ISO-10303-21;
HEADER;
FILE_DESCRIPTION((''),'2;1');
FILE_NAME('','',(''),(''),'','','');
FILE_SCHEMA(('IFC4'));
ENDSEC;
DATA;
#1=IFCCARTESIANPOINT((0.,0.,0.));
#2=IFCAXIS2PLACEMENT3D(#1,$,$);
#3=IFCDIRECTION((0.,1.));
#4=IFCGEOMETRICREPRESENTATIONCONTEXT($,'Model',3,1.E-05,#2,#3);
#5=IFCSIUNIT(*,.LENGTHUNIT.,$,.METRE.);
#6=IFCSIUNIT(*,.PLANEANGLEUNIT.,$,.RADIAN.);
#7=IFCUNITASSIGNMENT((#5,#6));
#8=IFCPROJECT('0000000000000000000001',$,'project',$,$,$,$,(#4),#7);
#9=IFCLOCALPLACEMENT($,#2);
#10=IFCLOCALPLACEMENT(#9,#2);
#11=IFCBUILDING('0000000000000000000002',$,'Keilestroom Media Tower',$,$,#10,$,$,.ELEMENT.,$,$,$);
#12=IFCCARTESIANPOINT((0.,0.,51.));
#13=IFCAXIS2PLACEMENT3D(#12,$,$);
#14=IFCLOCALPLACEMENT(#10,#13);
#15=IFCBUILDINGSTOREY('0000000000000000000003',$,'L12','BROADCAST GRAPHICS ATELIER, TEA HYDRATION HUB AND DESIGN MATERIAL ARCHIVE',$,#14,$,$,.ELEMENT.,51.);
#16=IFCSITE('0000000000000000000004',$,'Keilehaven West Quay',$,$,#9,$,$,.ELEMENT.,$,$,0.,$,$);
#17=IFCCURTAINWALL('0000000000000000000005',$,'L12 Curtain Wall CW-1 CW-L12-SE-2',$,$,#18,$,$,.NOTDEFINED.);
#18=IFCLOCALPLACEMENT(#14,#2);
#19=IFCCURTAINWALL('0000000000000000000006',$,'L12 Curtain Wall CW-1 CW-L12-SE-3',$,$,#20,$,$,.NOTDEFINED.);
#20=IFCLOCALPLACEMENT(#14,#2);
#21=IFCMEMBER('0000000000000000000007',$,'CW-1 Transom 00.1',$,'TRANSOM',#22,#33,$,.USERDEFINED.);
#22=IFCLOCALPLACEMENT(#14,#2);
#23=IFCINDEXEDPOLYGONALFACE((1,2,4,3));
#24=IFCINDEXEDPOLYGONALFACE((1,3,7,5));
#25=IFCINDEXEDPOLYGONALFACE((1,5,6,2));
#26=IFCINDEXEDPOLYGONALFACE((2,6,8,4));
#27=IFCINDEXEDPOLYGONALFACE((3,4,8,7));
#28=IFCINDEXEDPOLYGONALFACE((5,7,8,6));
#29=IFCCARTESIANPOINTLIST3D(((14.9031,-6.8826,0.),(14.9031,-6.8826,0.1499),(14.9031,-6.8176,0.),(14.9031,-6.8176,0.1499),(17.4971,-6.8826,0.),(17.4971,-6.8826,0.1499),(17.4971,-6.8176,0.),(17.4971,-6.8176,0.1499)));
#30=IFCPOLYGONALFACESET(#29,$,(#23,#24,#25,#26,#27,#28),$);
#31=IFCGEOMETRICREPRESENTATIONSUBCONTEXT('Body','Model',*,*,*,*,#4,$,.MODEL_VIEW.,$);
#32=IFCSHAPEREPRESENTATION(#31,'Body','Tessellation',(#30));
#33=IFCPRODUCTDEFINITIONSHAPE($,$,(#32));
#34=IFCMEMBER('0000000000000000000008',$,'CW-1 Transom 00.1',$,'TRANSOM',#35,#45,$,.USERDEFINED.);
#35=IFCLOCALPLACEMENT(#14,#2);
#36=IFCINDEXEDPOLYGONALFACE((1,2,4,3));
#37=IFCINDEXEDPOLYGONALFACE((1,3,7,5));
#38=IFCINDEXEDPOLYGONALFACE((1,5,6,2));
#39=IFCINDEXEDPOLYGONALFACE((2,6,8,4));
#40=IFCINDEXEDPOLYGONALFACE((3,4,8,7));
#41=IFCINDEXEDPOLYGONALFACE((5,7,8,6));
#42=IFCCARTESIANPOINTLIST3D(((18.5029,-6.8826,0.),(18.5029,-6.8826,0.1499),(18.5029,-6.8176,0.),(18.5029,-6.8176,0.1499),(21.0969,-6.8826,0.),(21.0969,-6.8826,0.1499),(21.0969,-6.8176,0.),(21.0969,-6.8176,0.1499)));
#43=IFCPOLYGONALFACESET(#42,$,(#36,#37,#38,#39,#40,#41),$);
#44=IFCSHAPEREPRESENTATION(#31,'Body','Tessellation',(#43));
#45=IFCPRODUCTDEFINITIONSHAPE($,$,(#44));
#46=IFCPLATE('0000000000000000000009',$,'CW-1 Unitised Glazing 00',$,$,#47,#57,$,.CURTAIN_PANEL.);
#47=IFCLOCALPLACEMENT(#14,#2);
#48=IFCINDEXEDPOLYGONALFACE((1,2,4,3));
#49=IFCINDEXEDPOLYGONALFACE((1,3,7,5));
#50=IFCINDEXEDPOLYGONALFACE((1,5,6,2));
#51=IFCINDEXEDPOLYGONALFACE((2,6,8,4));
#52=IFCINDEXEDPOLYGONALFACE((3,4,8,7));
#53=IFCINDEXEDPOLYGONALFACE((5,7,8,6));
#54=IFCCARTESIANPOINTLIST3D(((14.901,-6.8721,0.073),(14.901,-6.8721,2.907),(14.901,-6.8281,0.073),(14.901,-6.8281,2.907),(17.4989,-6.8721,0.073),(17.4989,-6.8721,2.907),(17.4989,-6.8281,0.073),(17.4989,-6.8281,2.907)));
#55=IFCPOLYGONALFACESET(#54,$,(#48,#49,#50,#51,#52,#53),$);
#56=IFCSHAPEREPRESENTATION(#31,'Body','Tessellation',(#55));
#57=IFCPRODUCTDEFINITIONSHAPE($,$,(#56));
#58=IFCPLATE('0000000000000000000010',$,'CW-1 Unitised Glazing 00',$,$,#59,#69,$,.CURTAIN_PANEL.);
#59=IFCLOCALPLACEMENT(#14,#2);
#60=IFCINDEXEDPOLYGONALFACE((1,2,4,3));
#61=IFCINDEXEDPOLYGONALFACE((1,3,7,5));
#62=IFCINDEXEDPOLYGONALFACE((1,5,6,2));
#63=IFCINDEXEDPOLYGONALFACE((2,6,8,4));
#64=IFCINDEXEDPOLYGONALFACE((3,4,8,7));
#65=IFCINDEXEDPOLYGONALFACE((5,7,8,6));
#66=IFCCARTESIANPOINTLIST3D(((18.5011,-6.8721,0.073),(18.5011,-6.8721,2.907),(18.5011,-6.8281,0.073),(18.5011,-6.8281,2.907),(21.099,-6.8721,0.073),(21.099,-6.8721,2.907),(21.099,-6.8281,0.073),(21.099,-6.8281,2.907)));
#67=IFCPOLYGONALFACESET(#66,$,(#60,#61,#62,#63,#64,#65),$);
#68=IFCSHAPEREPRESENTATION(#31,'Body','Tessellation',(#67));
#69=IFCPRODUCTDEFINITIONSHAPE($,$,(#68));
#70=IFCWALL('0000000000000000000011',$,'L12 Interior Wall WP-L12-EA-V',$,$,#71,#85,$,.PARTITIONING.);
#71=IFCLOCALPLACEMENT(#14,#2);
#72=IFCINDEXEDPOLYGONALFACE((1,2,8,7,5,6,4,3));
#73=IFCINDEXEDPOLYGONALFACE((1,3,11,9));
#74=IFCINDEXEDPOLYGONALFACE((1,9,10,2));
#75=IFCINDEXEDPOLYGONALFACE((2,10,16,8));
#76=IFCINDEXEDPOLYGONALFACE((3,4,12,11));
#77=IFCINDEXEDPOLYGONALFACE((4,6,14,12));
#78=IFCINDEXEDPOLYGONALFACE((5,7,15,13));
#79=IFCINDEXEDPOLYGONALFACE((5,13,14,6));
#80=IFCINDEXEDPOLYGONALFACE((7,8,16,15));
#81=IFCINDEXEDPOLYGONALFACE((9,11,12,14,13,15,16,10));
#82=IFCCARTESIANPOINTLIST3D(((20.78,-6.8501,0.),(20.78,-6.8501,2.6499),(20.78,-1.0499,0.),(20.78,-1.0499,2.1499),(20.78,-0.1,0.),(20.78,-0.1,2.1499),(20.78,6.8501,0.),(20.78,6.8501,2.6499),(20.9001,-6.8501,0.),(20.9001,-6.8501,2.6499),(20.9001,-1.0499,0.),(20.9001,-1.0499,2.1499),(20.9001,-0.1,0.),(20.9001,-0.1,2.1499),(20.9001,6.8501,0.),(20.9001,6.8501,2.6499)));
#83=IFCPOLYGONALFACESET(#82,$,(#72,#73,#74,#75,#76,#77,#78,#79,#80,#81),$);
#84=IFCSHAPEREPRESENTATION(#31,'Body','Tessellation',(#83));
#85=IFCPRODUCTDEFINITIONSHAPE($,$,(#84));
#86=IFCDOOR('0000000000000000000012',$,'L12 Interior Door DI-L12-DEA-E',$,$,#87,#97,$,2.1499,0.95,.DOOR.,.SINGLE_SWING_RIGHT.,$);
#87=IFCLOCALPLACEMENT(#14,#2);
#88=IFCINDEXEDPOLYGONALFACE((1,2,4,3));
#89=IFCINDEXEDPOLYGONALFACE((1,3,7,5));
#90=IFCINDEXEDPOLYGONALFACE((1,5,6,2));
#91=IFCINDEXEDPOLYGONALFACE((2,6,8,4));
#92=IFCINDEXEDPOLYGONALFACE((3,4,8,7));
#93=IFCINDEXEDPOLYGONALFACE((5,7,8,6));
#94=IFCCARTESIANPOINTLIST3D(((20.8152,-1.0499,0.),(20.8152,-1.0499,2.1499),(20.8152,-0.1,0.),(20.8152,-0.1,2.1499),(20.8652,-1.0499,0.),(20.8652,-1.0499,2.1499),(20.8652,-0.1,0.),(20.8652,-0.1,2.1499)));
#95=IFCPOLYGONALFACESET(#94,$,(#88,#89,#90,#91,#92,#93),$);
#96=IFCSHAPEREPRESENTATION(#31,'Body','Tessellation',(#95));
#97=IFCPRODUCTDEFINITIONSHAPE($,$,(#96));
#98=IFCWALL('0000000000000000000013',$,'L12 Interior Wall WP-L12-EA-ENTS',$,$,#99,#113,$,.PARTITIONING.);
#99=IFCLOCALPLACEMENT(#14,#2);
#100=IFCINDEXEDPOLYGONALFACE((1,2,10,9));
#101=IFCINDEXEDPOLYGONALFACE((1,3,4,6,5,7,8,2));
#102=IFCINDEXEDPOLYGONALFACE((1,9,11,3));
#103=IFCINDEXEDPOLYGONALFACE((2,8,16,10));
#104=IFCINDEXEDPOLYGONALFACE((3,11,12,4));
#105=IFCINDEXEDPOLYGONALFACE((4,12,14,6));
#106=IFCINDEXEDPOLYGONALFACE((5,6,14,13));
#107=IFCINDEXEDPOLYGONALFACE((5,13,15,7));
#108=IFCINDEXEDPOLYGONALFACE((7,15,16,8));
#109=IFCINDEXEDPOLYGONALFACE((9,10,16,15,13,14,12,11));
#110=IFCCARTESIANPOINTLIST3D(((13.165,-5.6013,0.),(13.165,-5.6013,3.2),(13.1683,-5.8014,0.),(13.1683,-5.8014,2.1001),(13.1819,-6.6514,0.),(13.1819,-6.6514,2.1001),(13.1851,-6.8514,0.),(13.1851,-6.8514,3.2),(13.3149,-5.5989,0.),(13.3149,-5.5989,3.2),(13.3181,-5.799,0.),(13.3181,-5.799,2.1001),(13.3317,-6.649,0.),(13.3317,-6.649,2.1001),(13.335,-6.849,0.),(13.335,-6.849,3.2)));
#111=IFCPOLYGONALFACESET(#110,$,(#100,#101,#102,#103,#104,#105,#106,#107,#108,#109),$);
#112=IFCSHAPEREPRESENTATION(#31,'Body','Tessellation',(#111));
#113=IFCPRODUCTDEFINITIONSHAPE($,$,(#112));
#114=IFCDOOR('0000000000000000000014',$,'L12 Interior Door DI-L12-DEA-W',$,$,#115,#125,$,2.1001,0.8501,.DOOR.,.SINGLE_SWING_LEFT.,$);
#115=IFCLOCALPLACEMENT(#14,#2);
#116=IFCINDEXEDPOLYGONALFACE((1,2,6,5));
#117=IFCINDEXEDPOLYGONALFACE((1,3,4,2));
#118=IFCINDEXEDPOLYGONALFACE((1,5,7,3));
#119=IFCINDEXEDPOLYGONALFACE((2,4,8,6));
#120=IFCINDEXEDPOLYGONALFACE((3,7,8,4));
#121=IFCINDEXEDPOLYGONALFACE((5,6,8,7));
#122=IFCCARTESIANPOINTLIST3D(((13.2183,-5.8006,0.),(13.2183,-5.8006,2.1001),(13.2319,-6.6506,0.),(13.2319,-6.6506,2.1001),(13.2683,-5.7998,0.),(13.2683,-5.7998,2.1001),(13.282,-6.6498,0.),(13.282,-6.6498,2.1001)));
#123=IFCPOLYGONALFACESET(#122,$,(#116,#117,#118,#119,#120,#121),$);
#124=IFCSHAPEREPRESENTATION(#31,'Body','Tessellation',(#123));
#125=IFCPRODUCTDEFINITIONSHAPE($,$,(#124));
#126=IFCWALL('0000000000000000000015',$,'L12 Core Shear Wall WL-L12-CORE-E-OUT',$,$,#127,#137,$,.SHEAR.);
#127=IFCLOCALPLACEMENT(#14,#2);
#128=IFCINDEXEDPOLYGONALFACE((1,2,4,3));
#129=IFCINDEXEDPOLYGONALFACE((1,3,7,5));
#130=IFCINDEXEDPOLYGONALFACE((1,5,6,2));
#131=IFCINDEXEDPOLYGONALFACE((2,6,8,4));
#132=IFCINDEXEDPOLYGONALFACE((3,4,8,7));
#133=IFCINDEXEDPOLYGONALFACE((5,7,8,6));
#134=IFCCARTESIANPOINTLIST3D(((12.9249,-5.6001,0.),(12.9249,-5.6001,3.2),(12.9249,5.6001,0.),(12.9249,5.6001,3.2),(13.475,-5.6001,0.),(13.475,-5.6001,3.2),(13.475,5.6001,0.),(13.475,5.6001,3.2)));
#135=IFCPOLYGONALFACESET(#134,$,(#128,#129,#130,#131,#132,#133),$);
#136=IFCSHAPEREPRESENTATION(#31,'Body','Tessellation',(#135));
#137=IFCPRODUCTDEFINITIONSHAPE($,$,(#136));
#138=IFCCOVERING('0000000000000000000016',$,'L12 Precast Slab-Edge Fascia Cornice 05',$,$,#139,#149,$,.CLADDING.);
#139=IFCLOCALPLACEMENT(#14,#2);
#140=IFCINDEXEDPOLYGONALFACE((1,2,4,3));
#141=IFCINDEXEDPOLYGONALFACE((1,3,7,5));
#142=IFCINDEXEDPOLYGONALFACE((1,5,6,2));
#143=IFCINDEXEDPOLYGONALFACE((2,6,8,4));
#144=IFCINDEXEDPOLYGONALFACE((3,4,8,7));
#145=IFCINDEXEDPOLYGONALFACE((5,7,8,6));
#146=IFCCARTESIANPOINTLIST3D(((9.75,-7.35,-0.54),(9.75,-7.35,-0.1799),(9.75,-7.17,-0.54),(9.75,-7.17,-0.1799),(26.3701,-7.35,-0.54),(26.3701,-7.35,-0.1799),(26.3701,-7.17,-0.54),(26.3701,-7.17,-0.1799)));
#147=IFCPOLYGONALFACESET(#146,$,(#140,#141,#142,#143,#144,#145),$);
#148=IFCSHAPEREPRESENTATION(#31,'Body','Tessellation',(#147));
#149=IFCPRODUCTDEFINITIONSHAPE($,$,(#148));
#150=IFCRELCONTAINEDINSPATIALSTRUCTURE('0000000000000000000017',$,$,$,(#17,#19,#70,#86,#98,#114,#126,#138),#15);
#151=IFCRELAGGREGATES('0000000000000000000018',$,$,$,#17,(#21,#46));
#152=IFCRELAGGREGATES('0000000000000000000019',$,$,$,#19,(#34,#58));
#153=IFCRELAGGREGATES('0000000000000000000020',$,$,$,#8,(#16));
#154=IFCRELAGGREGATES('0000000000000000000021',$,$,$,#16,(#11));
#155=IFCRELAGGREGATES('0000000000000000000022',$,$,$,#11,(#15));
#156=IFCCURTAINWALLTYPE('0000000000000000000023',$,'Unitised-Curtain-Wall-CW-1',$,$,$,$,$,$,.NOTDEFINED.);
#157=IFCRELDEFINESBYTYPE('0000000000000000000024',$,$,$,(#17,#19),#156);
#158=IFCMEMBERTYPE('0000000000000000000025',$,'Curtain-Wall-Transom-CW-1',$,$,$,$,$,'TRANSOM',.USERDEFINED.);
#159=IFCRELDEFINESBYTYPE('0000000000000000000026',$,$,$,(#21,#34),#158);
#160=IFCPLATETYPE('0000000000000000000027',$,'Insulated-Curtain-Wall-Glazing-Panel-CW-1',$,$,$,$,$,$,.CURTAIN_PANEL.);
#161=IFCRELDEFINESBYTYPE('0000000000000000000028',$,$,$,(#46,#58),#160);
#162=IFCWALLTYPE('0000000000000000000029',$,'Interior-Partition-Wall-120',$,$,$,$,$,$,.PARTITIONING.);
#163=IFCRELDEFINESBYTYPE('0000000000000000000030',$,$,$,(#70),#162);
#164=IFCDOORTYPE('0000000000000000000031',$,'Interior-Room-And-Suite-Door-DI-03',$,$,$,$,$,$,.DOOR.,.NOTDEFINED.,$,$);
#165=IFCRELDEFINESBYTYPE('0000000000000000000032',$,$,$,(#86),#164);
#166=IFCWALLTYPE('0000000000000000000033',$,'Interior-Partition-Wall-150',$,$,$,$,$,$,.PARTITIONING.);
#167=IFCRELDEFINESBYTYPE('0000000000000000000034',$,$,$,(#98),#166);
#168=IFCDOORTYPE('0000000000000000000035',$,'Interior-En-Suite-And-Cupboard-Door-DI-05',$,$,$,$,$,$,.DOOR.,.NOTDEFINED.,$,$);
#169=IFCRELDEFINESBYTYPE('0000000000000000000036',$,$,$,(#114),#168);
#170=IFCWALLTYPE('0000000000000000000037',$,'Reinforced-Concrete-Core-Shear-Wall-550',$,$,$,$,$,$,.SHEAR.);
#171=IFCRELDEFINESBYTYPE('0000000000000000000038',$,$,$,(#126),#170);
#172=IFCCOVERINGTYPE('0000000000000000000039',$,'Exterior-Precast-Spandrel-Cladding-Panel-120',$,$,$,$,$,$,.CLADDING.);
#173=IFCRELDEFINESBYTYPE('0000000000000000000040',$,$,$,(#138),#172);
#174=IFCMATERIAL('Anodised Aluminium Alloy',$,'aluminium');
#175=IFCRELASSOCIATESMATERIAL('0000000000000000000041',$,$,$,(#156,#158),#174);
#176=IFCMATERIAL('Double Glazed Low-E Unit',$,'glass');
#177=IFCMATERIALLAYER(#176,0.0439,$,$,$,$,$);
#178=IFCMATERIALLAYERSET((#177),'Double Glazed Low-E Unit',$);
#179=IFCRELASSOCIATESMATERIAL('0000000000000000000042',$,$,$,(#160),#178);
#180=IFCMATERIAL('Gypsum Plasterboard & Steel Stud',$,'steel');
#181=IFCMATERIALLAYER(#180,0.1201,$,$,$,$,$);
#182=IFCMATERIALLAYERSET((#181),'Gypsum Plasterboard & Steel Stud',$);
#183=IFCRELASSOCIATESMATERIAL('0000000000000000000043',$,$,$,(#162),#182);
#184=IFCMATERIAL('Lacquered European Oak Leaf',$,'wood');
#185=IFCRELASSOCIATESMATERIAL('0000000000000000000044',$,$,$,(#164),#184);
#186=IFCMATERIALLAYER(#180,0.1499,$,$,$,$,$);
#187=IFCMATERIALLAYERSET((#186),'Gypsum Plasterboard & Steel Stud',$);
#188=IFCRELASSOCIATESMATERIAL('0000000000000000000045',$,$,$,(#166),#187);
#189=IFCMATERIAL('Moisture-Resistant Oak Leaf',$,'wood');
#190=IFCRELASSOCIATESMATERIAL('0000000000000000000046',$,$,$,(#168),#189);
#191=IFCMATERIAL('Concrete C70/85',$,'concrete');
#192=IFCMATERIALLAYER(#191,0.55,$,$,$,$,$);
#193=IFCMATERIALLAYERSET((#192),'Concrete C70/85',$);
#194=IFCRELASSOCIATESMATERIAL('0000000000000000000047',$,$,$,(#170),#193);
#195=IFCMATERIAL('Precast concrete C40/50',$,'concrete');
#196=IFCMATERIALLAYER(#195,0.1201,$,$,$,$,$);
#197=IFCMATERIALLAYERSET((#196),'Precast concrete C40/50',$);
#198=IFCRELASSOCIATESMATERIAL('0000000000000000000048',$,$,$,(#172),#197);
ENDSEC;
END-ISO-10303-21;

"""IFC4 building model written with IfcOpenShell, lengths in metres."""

from ifc_helpers import new_model, si_unit, direction, frame, frame_2d, origin, origin_2d, place, context, subcontext, project, spatial, rectangle, extrude, source, transform, mapped, material, layer, layer_set, material_profile, profile_set, type_object, element, fill, aggregate, save


model = new_model("IFC4")

# Units and contexts
model_context = context("Model", 3, precision=1e-05, world=origin(), true_north=direction((0.0, 1.0)))
body_context = subcontext(model_context, "Body", "Model", "MODEL_VIEW")
ifc_project = project(units=[si_unit("LENGTHUNIT", "METRE"), si_unit("PLANEANGLEUNIT", "RADIAN")], contexts=[model_context])

# Site, building, storey
site_placement = place(None, origin())
site = spatial("IfcSite", under=ifc_project, at=site_placement, Name="Keilehaven West Quay", CompositionType="ELEMENT", RefElevation=0.0)
building_placement = place(site_placement, origin())
building = spatial("IfcBuilding", under=site, at=building_placement, Name="Keilestroom Media Tower", CompositionType="ELEMENT")
storey_placement = place(building_placement, frame((0.0, 0.0, 51.0)))
storey = spatial("IfcBuildingStorey", under=building, at=storey_placement, Name="L12", Description="BROADCAST GRAPHICS ATELIER, TEA HYDRATION HUB AND DESIGN MATERIAL ARCHIVE", CompositionType="ELEMENT", Elevation=51.0)

# Shared definitions
ifc_material_1 = material(Name="Precast concrete C40/50", Category="concrete")

# Shared definitions
ifc_material_2 = material(Name="Anodised Aluminium Alloy", Category="aluminium")
curtain_wall_type = type_object("IfcCurtainWallType", Name="Unitised-Curtain-Wall-CW-1", PredefinedType="NOTDEFINED", material=ifc_material_2)

# Curtain wall
curtain_wall_1_placement = place(storey_placement, origin())
curtain_wall_1 = element("IfcCurtainWall", 1, at=curtain_wall_1_placement, inside=storey, type_object=curtain_wall_type, Name="L12 Curtain Wall CW-1 CW-L12-SE-2", PredefinedType="NOTDEFINED")

# Curtain wall
curtain_wall_2_placement = place(storey_placement, origin())
curtain_wall_2 = element("IfcCurtainWall", 2, at=curtain_wall_2_placement, inside=storey, type_object=curtain_wall_type, Name="L12 Curtain Wall CW-1 CW-L12-SE-3", PredefinedType="NOTDEFINED")

# Members
ifc_material_profile_1 = material_profile(ifc_material_2, rectangle(XDim=0.0649, YDim=0.1499, at=origin_2d()), Name="ALU TRANSOM 65x150")
ifc_profile_set_1 = profile_set([ifc_material_profile_1], Name="Anodised Aluminium Alloy")
member_type_1 = type_object("IfcMemberType", Name="Curtain-Wall-Transom-CW-1", ElementType="TRANSOM", PredefinedType="USERDEFINED", material=ifc_profile_set_1)
shared_shape_1 = source(origin(), body_context, "Body", "SweptSolid", [
    extrude(rectangle(XDim=0.0649, YDim=0.1499, at=origin_2d()), origin(), (0.0, 0.0, 1.0), 2.594),
])
member_1_placement = place(storey_placement, frame((14.9031, -6.8501, 0.075), z_axis=(1.0, 0.0, 0.0), x_axis=(0.0, 1.0, 0.0)))
member_1 = element("IfcMember", 3, at=member_1_placement, type_object=member_type_1, Name="CW-1 Transom 00.1", ObjectType="TRANSOM", PredefinedType="USERDEFINED", context=body_context, shape_type="MappedRepresentation", body=[
    mapped(shared_shape_1, transform((0.0, 0.0, 0.0), x_axis=(1.0, 0.0, 0.0), y_axis=(0.0, 1.0, 0.0), z_axis=(0.0, 0.0, 1.0), scale=1.0)),
])
member_2_placement = place(storey_placement, frame((18.5029, -6.8501, 0.075), z_axis=(1.0, 0.0, 0.0), x_axis=(0.0, 1.0, 0.0)))
member_2 = element("IfcMember", 4, at=member_2_placement, type_object=member_type_1, Name="CW-1 Transom 00.1", ObjectType="TRANSOM", PredefinedType="USERDEFINED", context=body_context, shape_type="MappedRepresentation", body=[
    mapped(shared_shape_1, transform((0.0, 0.0, 0.0), x_axis=(1.0, 0.0, 0.0), y_axis=(0.0, 1.0, 0.0), z_axis=(0.0, 0.0, 1.0), scale=1.0)),
])

# Plates
ifc_material_3 = material(Name="Double Glazed Low-E Unit", Category="glass")
ifc_layer_1 = layer(ifc_material_3, 0.0439)
ifc_layer_set_1 = layer_set([ifc_layer_1], Name="Double Glazed Low-E Unit")
plate_type = type_object("IfcPlateType", Name="Insulated-Curtain-Wall-Glazing-Panel-CW-1", PredefinedType="CURTAIN_PANEL", material=ifc_layer_set_1)
shared_shape_2 = source(origin(), body_context, "Body", "SweptSolid", [
    extrude(rectangle(XDim=2.5979, YDim=0.0439, at=origin_2d()), origin(), (0.0, 0.0, 1.0), 2.834),
])
plate_1_placement = place(storey_placement, frame((16.2, -6.8501, 0.073), z_axis=(0.0, 0.0, 1.0), x_axis=(1.0, 0.0, 0.0)))
plate_1 = element("IfcPlate", 5, at=plate_1_placement, type_object=plate_type, Name="CW-1 Unitised Glazing 00", PredefinedType="CURTAIN_PANEL", context=body_context, shape_type="MappedRepresentation", body=[
    mapped(shared_shape_2, transform((0.0, 0.0, 0.0), x_axis=(1.0, 0.0, 0.0), y_axis=(0.0, 1.0, 0.0), z_axis=(0.0, 0.0, 1.0), scale=1.0)),
])
aggregate(curtain_wall_1, [member_1, plate_1])
plate_2_placement = place(storey_placement, frame((19.8, -6.8501, 0.073), z_axis=(0.0, 0.0, 1.0), x_axis=(1.0, 0.0, 0.0)))
plate_2 = element("IfcPlate", 6, at=plate_2_placement, type_object=plate_type, Name="CW-1 Unitised Glazing 00", PredefinedType="CURTAIN_PANEL", context=body_context, shape_type="MappedRepresentation", body=[
    mapped(shared_shape_2, transform((0.0, 0.0, 0.0), x_axis=(1.0, 0.0, 0.0), y_axis=(0.0, 1.0, 0.0), z_axis=(0.0, 0.0, 1.0), scale=1.0)),
])
aggregate(curtain_wall_2, [member_2, plate_2])

# Walls, openings, doors
ifc_material_4 = material(Name="Gypsum Plasterboard & Steel Stud", Category="steel")
ifc_layer_2 = layer(ifc_material_4, 0.1201)
ifc_layer_set_2 = layer_set([ifc_layer_2], Name="Gypsum Plasterboard & Steel Stud")
wall_type_1 = type_object("IfcWallType", Name="Interior-Partition-Wall-120", PredefinedType="PARTITIONING", material=ifc_layer_set_2)
wall_1_placement = place(storey_placement, frame((20.8401, -6.8501, 0.0), z_axis=(0.0, 0.0, 1.0), x_axis=(0.0, 1.0, 0.0)))
wall_1 = element("IfcWall", 7, at=wall_1_placement, inside=storey, type_object=wall_type_1, Name="L12 Interior Wall WP-L12-EA-V", PredefinedType="PARTITIONING", context=body_context, shape_type="SweptSolid", body=[
    extrude(rectangle(XDim=13.7002, YDim=0.1201, at=frame_2d((6.8501, 0.0))), origin(), (0.0, 0.0, 1.0), 2.6499),
])
opening_1_placement = place(wall_1_placement, frame((5.8, 0.0, 0.0)))
opening_1 = element("IfcOpeningElement", 8, at=opening_1_placement, cuts=wall_1, PredefinedType="OPENING", context=body_context, shape_type="SweptSolid", body=[
    extrude(rectangle(XDim=0.95, YDim=2.1499, at=frame_2d((0.4751, 1.075))), frame((0.0, 0.0701, 0.0), z_axis=(0.0, -1.0, 0.0), x_axis=(1.0, 0.0, 0.0)), (0.0, 0.0, 1.0), 0.1401),
])
ifc_material_5 = material(Name="Lacquered European Oak Leaf", Category="wood")
door_type_1 = type_object("IfcDoorType", Name="Interior-Room-And-Suite-Door-DI-03", OperationType="NOTDEFINED", PredefinedType="DOOR", material=ifc_material_5)
shared_shape_3 = source(origin(), body_context, "Body", "SweptSolid", [
    extrude(rectangle(XDim=0.95, YDim=2.1499, at=frame_2d((0.4751, 1.075))), frame((0.0, 0.0249, 0.0), z_axis=(0.0, -1.0, 0.0), x_axis=(1.0, 0.0, 0.0)), (0.0, 0.0, 1.0), 0.05),
])
door_1_placement = place(opening_1_placement, origin())
door_1 = element("IfcDoor", 9, at=door_1_placement, inside=storey, type_object=door_type_1, Name="L12 Interior Door DI-L12-DEA-E", OperationType="SINGLE_SWING_RIGHT", OverallHeight=2.1499, OverallWidth=0.95, PredefinedType="DOOR", context=body_context, shape_type="MappedRepresentation", body=[
    mapped(shared_shape_3, transform((0.0, 0.0, 0.0), x_axis=(1.0, 0.0, 0.0), y_axis=(0.0, 1.0, 0.0), z_axis=(0.0, 0.0, 1.0), scale=1.0)),
])
fill(opening_1, door_1)
ifc_layer_3 = layer(ifc_material_4, 0.1499)
ifc_layer_set_3 = layer_set([ifc_layer_3], Name="Gypsum Plasterboard & Steel Stud")
wall_type_2 = type_object("IfcWallType", Name="Interior-Partition-Wall-150", PredefinedType="PARTITIONING", material=ifc_layer_set_3)
wall_2_placement = place(storey_placement, frame((13.26, -6.8501, 0.0), z_axis=(0.0, 0.0, 1.0), x_axis=(-0.016014, 0.999872, 0.0)))
wall_2 = element("IfcWall", 10, at=wall_2_placement, inside=storey, type_object=wall_type_2, Name="L12 Interior Wall WP-L12-EA-ENTS", PredefinedType="PARTITIONING", context=body_context, shape_type="SweptSolid", body=[
    extrude(rectangle(XDim=1.2502, YDim=0.1499, at=frame_2d((0.625, 0.0))), origin(), (0.0, 0.0, 1.0), 3.2),
])
opening_2_placement = place(wall_2_placement, frame((0.2, 0.0, 0.0)))
opening_2 = element("IfcOpeningElement", 11, at=opening_2_placement, cuts=wall_2, PredefinedType="OPENING", context=body_context, shape_type="SweptSolid", body=[
    extrude(rectangle(XDim=0.8501, YDim=2.1001, at=frame_2d((0.425, 1.05))), frame((0.0, 0.085, 0.0), z_axis=(0.0, -1.0, 0.0), x_axis=(1.0, 0.0, 0.0)), (0.0, 0.0, 1.0), 0.1699),
])
ifc_material_6 = material(Name="Moisture-Resistant Oak Leaf", Category="wood")
door_type_2 = type_object("IfcDoorType", Name="Interior-En-Suite-And-Cupboard-Door-DI-05", OperationType="NOTDEFINED", PredefinedType="DOOR", material=ifc_material_6)
shared_shape_4 = source(origin(), body_context, "Body", "SweptSolid", [
    extrude(rectangle(XDim=0.8501, YDim=2.1001, at=frame_2d((0.425, 1.05))), frame((0.0, 0.0249, 0.0), z_axis=(0.0, -1.0, 0.0), x_axis=(1.0, 0.0, 0.0)), (0.0, 0.0, 1.0), 0.05),
])
door_2_placement = place(opening_2_placement, origin())
door_2 = element("IfcDoor", 12, at=door_2_placement, inside=storey, type_object=door_type_2, Name="L12 Interior Door DI-L12-DEA-W", OperationType="SINGLE_SWING_LEFT", OverallHeight=2.1001, OverallWidth=0.8501, PredefinedType="DOOR", context=body_context, shape_type="MappedRepresentation", body=[
    mapped(shared_shape_4, transform((0.0, 0.0, 0.0), x_axis=(1.0, 0.0, 0.0), y_axis=(0.0, 1.0, 0.0), z_axis=(0.0, 0.0, 1.0), scale=1.0)),
])
fill(opening_2, door_2)

# Wall
ifc_material_7 = material(Name="Concrete C70/85", Category="concrete")
ifc_layer_4 = layer(ifc_material_7, 0.55)
ifc_layer_set_4 = layer_set([ifc_layer_4], Name="Concrete C70/85")
wall_type_3 = type_object("IfcWallType", Name="Reinforced-Concrete-Core-Shear-Wall-550", PredefinedType="SHEAR", material=ifc_layer_set_4)
wall_3_placement = place(storey_placement, frame((13.2, -5.6001, 0.0), z_axis=(0.0, 0.0, 1.0), x_axis=(0.0, 1.0, 0.0)))
element("IfcWall", 13, at=wall_3_placement, inside=storey, type_object=wall_type_3, Name="L12 Core Shear Wall WL-L12-CORE-E-OUT", PredefinedType="SHEAR", context=body_context, shape_type="SweptSolid", body=[
    extrude(rectangle(XDim=11.2002, YDim=0.55, at=frame_2d((5.6001, 0.0))), origin(), (0.0, 0.0, 1.0), 3.2),
])

# Covering
ifc_layer_5 = layer(ifc_material_1, 0.1201)
ifc_layer_set_5 = layer_set([ifc_layer_5], Name="Precast concrete C40/50")
covering_type = type_object("IfcCoveringType", Name="Exterior-Precast-Spandrel-Cladding-Panel-120", PredefinedType="CLADDING", material=ifc_layer_set_5)
shared_shape_5 = source(origin(), body_context, "Body", "SweptSolid", [
    extrude(rectangle(XDim=16.6201, YDim=0.1799, at=origin_2d()), origin(), (0.0, 0.0, 1.0), 0.3601),
])
covering_placement = place(storey_placement, frame((18.0601, -7.26, -0.54), z_axis=(0.0, 0.0, 1.0), x_axis=(-1.0, 0.0, 0.0)))
element("IfcCovering", 14, at=covering_placement, inside=storey, type_object=covering_type, Name="L12 Precast Slab-Edge Fascia Cornice 05", PredefinedType="CLADDING", context=body_context, shape_type="MappedRepresentation", body=[
    mapped(shared_shape_5, transform((0.0, 0.0, 0.0), x_axis=(1.0, 0.0, 0.0), y_axis=(0.0, 1.0, 0.0), z_axis=(0.0, 0.0, 1.0), scale=1.0)),
])

save(model, "model.ifc")
